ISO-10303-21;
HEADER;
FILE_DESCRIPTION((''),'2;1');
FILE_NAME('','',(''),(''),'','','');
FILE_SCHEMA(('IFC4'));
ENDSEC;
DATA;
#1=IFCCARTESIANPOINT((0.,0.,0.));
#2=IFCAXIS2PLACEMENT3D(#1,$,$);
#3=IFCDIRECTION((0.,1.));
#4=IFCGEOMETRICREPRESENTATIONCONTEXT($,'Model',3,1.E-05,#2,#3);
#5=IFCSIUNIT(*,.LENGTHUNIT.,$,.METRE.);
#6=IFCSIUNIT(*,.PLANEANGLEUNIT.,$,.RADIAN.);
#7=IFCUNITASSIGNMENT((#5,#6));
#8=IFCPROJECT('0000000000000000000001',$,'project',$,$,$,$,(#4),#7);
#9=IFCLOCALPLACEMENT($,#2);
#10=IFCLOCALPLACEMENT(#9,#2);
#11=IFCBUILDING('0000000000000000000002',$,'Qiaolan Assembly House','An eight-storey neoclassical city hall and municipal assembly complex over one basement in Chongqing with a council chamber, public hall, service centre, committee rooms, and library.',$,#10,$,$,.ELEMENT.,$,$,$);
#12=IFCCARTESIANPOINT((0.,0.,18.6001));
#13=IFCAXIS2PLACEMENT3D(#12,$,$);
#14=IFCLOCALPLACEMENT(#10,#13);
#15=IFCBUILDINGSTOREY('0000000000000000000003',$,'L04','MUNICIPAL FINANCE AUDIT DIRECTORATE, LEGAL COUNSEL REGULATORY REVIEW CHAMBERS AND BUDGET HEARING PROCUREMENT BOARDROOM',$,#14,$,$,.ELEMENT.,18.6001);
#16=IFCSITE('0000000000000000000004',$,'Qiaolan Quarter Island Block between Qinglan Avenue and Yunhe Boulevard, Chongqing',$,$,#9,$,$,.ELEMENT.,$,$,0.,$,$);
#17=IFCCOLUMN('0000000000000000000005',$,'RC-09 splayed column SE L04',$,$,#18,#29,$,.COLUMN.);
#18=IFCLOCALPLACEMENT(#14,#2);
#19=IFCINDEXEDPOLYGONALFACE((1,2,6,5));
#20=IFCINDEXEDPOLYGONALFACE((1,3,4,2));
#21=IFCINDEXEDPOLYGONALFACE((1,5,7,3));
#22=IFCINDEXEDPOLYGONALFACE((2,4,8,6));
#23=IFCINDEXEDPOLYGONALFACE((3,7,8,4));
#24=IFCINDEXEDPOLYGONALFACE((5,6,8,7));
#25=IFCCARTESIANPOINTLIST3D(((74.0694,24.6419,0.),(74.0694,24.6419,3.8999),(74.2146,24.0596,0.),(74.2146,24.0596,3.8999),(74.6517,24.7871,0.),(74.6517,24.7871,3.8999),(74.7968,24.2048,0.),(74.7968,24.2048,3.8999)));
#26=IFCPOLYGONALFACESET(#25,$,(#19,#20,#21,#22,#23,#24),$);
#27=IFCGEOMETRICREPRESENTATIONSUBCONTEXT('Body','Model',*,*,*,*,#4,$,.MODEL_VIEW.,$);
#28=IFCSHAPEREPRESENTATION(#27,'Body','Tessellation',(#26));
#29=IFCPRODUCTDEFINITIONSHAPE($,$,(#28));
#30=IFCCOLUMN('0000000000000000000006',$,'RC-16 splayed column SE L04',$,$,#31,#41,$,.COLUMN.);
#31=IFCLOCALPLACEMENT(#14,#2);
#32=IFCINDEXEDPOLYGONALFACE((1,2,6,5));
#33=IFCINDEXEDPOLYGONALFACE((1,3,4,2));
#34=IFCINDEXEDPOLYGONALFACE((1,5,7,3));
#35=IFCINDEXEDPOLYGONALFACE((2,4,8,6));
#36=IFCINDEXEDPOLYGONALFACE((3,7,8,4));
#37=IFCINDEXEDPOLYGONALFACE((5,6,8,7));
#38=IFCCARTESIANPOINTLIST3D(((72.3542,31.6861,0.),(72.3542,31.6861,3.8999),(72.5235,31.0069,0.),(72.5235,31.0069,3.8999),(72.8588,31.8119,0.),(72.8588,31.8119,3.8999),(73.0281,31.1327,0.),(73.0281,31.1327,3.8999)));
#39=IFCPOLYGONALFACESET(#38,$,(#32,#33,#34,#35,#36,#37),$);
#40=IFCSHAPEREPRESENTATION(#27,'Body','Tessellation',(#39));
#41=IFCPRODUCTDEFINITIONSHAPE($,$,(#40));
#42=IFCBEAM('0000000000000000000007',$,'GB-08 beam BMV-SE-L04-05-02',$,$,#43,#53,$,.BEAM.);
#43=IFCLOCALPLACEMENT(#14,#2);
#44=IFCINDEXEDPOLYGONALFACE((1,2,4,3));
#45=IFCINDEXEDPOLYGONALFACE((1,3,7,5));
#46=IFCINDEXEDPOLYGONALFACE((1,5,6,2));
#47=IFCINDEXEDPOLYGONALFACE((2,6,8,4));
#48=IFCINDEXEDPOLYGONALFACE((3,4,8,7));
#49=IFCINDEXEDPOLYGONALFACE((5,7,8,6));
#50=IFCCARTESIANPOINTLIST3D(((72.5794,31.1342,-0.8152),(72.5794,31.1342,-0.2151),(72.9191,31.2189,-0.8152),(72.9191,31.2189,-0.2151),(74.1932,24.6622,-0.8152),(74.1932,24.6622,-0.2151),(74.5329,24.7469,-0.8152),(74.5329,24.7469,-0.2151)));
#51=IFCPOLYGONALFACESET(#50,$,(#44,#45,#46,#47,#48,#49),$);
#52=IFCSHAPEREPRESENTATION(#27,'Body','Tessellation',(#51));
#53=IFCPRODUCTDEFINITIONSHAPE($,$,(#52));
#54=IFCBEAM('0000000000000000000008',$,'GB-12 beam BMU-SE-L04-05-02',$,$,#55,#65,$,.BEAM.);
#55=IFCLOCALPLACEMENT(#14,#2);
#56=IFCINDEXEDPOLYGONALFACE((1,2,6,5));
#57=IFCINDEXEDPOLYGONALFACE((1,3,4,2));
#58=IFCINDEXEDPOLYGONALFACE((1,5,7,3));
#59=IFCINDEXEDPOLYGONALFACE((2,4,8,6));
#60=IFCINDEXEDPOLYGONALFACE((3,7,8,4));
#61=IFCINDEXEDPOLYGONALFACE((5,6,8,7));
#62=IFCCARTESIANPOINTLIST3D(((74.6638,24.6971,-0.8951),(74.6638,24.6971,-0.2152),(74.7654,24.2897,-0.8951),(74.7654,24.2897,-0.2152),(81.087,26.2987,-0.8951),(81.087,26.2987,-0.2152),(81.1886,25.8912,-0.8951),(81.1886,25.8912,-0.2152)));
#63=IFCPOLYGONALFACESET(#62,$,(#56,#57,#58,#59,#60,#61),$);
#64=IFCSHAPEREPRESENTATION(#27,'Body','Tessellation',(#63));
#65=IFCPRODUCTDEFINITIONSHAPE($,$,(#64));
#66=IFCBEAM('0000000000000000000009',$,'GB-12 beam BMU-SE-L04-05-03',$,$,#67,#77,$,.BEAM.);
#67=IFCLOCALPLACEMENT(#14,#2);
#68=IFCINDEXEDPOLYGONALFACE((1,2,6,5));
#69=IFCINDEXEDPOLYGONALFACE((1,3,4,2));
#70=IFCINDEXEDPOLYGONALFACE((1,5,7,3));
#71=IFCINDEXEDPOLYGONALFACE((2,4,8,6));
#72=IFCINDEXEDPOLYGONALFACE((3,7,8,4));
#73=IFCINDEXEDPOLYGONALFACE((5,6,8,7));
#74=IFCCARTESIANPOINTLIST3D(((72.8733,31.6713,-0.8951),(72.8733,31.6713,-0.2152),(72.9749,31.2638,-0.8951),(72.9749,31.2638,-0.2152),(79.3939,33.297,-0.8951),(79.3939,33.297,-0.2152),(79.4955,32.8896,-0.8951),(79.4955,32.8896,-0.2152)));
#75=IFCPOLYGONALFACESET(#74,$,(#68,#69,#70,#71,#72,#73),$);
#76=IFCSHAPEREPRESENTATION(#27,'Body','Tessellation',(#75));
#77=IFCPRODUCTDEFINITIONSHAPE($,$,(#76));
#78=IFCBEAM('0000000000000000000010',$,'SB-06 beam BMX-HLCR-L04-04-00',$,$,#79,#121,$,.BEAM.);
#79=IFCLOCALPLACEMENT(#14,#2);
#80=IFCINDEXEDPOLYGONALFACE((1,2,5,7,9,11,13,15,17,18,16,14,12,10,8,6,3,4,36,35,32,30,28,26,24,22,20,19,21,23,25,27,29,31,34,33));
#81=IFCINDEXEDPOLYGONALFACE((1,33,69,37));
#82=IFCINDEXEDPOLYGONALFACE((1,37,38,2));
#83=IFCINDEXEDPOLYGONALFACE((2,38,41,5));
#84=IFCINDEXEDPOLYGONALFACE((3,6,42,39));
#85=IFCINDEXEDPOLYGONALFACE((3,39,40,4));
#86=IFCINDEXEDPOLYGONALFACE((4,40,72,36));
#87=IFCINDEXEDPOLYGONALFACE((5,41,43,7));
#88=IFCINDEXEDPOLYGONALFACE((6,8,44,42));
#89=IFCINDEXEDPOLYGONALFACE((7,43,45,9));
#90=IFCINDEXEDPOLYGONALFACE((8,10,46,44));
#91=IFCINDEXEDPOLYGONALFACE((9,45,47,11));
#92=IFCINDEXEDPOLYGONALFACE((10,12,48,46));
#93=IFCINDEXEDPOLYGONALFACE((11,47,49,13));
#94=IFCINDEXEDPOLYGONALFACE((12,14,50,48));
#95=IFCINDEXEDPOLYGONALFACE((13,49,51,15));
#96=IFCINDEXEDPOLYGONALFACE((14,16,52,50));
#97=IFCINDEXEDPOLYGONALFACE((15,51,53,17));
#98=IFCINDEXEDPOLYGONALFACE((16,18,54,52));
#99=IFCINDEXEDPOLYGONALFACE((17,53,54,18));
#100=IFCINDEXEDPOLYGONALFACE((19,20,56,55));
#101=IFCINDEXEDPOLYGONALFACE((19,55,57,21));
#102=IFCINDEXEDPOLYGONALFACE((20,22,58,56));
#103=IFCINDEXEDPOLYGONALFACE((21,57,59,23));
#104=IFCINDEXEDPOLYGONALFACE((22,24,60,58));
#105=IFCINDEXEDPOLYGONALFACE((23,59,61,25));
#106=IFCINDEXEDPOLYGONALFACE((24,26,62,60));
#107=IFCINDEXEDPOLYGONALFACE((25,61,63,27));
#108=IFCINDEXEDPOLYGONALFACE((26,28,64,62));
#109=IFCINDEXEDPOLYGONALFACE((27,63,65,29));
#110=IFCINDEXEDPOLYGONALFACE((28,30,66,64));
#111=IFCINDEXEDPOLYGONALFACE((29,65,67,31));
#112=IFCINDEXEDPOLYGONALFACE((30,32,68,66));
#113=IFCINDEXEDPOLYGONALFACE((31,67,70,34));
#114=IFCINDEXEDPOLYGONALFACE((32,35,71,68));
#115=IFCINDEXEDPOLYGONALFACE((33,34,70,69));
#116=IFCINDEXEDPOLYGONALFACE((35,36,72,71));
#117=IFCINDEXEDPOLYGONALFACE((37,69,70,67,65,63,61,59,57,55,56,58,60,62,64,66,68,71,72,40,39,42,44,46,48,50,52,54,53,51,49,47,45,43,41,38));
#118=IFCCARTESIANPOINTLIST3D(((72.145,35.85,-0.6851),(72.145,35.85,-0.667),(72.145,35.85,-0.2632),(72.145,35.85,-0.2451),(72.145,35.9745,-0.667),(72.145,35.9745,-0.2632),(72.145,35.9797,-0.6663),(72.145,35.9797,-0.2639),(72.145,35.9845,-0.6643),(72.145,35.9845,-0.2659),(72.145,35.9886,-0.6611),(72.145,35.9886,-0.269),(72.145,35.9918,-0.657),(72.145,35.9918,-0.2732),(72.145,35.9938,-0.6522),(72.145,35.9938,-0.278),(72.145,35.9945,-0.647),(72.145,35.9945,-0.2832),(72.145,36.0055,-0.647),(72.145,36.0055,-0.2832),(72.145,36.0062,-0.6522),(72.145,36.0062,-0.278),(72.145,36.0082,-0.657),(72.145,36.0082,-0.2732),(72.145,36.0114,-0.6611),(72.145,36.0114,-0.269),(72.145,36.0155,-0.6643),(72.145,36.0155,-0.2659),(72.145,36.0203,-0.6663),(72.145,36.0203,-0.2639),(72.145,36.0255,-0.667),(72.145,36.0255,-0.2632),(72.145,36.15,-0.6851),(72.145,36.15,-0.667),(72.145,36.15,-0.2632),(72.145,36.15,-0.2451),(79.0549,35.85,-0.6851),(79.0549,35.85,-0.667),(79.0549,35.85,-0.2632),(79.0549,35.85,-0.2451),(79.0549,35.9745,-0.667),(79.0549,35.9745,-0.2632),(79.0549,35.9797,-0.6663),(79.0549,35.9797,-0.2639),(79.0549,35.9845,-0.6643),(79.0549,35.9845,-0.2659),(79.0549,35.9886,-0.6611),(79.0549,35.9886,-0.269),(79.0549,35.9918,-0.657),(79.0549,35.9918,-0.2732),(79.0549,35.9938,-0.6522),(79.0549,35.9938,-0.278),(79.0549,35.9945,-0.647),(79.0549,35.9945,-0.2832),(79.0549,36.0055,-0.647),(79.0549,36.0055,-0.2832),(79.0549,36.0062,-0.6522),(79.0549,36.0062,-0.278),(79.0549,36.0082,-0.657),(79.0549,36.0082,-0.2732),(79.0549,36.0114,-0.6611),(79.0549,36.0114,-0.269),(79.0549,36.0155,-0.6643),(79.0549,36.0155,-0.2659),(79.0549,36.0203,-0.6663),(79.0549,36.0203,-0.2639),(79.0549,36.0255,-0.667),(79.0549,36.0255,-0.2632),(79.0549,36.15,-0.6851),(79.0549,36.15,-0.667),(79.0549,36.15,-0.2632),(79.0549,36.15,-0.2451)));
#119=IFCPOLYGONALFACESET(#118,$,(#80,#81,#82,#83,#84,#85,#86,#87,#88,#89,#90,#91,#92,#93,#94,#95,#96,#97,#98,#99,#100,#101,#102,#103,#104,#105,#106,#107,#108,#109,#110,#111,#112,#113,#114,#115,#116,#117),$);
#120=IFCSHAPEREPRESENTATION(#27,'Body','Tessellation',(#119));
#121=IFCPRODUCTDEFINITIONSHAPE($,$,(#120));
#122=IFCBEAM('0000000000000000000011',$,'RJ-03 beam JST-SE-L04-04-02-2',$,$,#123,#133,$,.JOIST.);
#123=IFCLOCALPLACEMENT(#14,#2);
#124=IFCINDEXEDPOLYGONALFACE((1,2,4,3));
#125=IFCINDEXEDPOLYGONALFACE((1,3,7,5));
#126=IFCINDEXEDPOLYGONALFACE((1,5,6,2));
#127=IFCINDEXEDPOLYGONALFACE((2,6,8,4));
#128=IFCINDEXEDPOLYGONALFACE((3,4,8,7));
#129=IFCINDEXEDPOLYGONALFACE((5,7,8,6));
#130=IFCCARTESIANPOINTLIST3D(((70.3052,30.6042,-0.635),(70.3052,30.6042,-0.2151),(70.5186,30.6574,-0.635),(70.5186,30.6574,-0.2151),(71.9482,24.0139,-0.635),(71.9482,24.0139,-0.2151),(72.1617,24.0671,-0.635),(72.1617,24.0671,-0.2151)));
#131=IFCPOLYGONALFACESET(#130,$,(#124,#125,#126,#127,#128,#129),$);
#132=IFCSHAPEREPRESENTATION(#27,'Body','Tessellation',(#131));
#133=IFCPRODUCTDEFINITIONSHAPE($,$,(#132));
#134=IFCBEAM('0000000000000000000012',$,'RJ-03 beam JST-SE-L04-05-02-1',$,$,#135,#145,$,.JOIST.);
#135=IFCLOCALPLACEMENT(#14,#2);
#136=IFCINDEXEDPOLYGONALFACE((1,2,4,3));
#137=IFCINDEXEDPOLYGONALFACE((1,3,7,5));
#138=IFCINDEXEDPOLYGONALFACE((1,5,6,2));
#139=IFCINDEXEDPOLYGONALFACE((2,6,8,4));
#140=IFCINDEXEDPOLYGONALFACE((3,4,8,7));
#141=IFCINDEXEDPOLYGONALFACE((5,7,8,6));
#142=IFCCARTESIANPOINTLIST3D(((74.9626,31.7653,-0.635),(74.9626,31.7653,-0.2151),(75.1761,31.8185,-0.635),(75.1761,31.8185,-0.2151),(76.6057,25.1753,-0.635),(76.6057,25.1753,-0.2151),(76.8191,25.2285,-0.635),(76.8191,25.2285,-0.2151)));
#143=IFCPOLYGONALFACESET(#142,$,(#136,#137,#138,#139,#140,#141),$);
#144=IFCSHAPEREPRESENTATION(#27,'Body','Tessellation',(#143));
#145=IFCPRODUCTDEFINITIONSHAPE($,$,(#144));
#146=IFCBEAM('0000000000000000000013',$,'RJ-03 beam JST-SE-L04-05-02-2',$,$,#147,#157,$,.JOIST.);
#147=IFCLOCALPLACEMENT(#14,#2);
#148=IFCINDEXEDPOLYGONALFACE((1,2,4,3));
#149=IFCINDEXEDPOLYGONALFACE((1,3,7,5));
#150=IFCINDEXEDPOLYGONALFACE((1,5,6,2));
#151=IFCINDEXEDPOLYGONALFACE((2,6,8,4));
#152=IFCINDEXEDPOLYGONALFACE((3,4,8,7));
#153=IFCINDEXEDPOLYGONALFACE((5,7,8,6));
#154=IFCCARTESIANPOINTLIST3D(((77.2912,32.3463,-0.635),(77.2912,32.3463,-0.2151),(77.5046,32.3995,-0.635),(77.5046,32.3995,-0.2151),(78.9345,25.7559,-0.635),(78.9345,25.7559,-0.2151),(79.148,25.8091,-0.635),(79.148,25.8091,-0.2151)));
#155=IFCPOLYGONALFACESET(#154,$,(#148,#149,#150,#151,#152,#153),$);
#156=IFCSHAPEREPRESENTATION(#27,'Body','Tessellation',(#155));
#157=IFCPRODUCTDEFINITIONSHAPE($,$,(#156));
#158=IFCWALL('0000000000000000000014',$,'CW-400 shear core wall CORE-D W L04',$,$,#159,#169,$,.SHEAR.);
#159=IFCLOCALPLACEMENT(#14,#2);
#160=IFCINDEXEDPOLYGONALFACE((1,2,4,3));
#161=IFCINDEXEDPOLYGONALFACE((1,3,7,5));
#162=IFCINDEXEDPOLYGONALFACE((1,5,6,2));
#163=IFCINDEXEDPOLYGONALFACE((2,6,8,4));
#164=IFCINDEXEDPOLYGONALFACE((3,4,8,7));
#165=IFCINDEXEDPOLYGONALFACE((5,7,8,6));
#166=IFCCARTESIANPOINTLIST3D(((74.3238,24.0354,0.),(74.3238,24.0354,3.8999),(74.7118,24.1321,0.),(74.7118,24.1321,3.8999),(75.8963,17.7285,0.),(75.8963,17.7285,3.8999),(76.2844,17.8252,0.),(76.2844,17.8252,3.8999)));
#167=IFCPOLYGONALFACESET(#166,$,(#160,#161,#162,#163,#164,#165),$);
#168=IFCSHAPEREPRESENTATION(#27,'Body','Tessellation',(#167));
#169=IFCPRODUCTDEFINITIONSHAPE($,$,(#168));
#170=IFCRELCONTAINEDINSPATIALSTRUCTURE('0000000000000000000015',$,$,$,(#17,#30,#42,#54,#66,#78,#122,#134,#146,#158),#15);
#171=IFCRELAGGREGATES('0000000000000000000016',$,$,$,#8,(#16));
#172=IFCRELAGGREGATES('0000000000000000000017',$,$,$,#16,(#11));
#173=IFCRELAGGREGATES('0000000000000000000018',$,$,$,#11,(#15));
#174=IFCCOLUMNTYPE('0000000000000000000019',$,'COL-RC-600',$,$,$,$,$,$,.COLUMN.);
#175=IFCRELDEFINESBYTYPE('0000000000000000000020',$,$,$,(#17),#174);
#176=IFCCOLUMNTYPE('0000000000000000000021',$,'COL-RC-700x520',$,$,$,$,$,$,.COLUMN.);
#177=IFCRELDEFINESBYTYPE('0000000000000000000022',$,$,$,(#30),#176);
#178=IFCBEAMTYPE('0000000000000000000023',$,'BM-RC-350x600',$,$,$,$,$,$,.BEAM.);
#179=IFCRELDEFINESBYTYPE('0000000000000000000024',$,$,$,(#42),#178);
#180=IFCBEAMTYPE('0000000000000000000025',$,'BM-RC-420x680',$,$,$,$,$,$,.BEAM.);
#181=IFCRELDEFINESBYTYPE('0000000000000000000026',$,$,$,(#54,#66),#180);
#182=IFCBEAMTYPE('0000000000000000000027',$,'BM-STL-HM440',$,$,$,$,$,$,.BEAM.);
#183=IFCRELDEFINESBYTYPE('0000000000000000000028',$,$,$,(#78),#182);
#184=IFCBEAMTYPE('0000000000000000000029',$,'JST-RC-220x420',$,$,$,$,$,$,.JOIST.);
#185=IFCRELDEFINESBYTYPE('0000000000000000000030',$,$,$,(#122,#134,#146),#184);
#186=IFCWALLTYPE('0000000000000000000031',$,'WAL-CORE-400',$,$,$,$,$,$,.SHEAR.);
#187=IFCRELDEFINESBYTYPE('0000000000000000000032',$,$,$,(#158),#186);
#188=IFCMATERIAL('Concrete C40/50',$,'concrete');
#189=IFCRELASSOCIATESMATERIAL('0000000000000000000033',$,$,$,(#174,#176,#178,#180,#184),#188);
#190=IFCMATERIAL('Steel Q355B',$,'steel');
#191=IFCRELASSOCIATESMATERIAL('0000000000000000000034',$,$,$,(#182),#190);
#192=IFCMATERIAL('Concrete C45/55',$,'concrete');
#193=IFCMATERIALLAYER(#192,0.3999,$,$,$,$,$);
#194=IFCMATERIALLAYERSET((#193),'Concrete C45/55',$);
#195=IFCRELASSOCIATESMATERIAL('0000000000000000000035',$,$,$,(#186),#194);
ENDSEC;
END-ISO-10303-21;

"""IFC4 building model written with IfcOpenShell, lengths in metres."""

from ifc_helpers import new_model, si_unit, direction, frame, frame_2d, origin, origin_2d, place, context, subcontext, project, spatial, rectangle, i_section, extrude, material, layer, layer_set, material_profile, profile_set, type_object, element, save


model = new_model("IFC4")

# Units and contexts
model_context = context("Model", 3, precision=1e-05, world=origin(), true_north=direction((0.0, 1.0)))
body_context = subcontext(model_context, "Body", "Model", "MODEL_VIEW")
ifc_project = project(units=[si_unit("LENGTHUNIT", "METRE"), si_unit("PLANEANGLEUNIT", "RADIAN")], contexts=[model_context])

# Site, building, storey
site_placement = place(None, origin())
site = spatial("IfcSite", under=ifc_project, at=site_placement, Name="Qiaolan Quarter Island Block between Qinglan Avenue and Yunhe Boulevard, Chongqing", CompositionType="ELEMENT", RefElevation=0.0)
building_placement = place(site_placement, origin())
building = spatial("IfcBuilding", under=site, at=building_placement, Name="Qiaolan Assembly House", Description="An eight-storey neoclassical city hall and municipal assembly complex over one basement in Chongqing with a council chamber, public hall, service centre, committee rooms, and library.", CompositionType="ELEMENT")
storey_placement = place(building_placement, frame((0.0, 0.0, 18.6001)))
storey = spatial("IfcBuildingStorey", under=building, at=storey_placement, Name="L04", Description="MUNICIPAL FINANCE AUDIT DIRECTORATE, LEGAL COUNSEL REGULATORY REVIEW CHAMBERS AND BUDGET HEARING PROCUREMENT BOARDROOM", CompositionType="ELEMENT", Elevation=18.6001)

# Columns
ifc_material_1 = material(Name="Concrete C40/50", Category="concrete")
ifc_material_profile_1 = material_profile(ifc_material_1, rectangle(XDim=0.6001, YDim=0.6001, at=origin_2d()), Name="RC 600x600")
ifc_profile_set_1 = profile_set([ifc_material_profile_1], Name="Concrete C40/50")
column_type_1 = type_object("IfcColumnType", Name="COL-RC-600", PredefinedType="COLUMN", material=ifc_profile_set_1)
column_1_placement = place(storey_placement, frame((74.4331, 24.4233, 0.0), z_axis=(0.0, 0.0, 1.0), x_axis=(0.970296, 0.241922, 0.0)))
element("IfcColumn", 1, at=column_1_placement, inside=storey, type_object=column_type_1, Name="RC-09 splayed column SE L04", PredefinedType="COLUMN", context=body_context, shape_type="SweptSolid", body=[
    extrude(rectangle(XDim=0.6001, YDim=0.6001, at=origin_2d()), origin(), (0.0, 0.0, 1.0), 3.8999),
])
ifc_material_profile_2 = material_profile(ifc_material_1, rectangle(XDim=0.52, YDim=0.7, at=origin_2d()), Name="RC 700x520")
ifc_profile_set_2 = profile_set([ifc_material_profile_2], Name="Concrete C40/50")
column_type_2 = type_object("IfcColumnType", Name="COL-RC-700x520", PredefinedType="COLUMN", material=ifc_profile_set_2)
column_2_placement = place(storey_placement, frame((72.6912, 31.4094, 0.0), z_axis=(0.0, 0.0, 1.0), x_axis=(0.970296, 0.241922, 0.0)))
element("IfcColumn", 2, at=column_2_placement, inside=storey, type_object=column_type_2, Name="RC-16 splayed column SE L04", PredefinedType="COLUMN", context=body_context, shape_type="SweptSolid", body=[
    extrude(rectangle(XDim=0.52, YDim=0.7, at=origin_2d()), origin(), (0.0, 0.0, 1.0), 3.8999),
])

# Beams
ifc_material_profile_3 = material_profile(ifc_material_1, rectangle(XDim=0.3501, YDim=0.6001, at=origin_2d()), Name="RCB 350x600")
ifc_profile_set_3 = profile_set([ifc_material_profile_3], Name="Concrete C40/50")
beam_type_1 = type_object("IfcBeamType", Name="BM-RC-350x600", PredefinedType="BEAM", material=ifc_profile_set_3)
beam_1_placement = place(storey_placement, frame((74.363, 24.7046, -0.5151), z_axis=(-0.241941, 0.970291, 0.0), x_axis=(-0.970291, -0.241941, 0.0)))
element("IfcBeam", 3, at=beam_1_placement, inside=storey, type_object=beam_type_1, Name="GB-08 beam BMV-SE-L04-05-02", PredefinedType="BEAM", context=body_context, shape_type="SweptSolid", body=[
    extrude(rectangle(XDim=0.3501, YDim=0.6001, at=origin_2d()), origin(), (0.0, 0.0, 1.0), 6.6702),
])
ifc_material_profile_4 = material_profile(ifc_material_1, rectangle(XDim=0.4199, YDim=0.6799, at=origin_2d()), Name="RCB 420x680")
ifc_profile_set_4 = profile_set([ifc_material_profile_4], Name="Concrete C40/50")
beam_type_2 = type_object("IfcBeamType", Name="BM-RC-420x680", PredefinedType="BEAM", material=ifc_profile_set_4)
beam_2_placement = place(storey_placement, frame((74.7146, 24.4934, -0.5552), z_axis=(0.970294, 0.241928, 0.0), x_axis=(-0.241928, 0.970294, 0.0)))
element("IfcBeam", 4, at=beam_2_placement, inside=storey, type_object=beam_type_2, Name="GB-12 beam BMU-SE-L04-05-02", PredefinedType="BEAM", context=body_context, shape_type="SweptSolid", body=[
    extrude(rectangle(XDim=0.4199, YDim=0.6799, at=origin_2d()), origin(), (0.0, 0.0, 1.0), 6.6199),
])
beam_3_placement = place(storey_placement, frame((72.9241, 31.4675, -0.5552), z_axis=(0.970296, 0.24192, 0.0), x_axis=(-0.24192, 0.970296, 0.0)))
element("IfcBeam", 5, at=beam_3_placement, inside=storey, type_object=beam_type_2, Name="GB-12 beam BMU-SE-L04-05-03", PredefinedType="BEAM", context=body_context, shape_type="SweptSolid", body=[
    extrude(rectangle(XDim=0.4199, YDim=0.6799, at=origin_2d()), origin(), (0.0, 0.0, 1.0), 6.7202),
])
ifc_material_2 = material(Name="Steel Q355B", Category="steel")
ifc_material_profile_5 = material_profile(ifc_material_2, i_section(OverallWidth=0.3, OverallDepth=0.4399, WebThickness=0.011, FlangeThickness=0.0181, FilletRadius=0.02, at=origin_2d()), Name="HM 440x300x11x18")
ifc_profile_set_5 = profile_set([ifc_material_profile_5], Name="Steel Q355B")
beam_type_3 = type_object("IfcBeamType", Name="BM-STL-HM440", PredefinedType="BEAM", material=ifc_profile_set_5)
beam_4_placement = place(storey_placement, frame((72.145, 36.0, -0.4651), z_axis=(1.0, 0.0, 0.0), x_axis=(0.0, 1.0, 0.0)))
element("IfcBeam", 6, at=beam_4_placement, inside=storey, type_object=beam_type_3, Name="SB-06 beam BMX-HLCR-L04-04-00", PredefinedType="BEAM", context=body_context, shape_type="SweptSolid", body=[
    extrude(i_section(OverallWidth=0.3, OverallDepth=0.4399, WebThickness=0.011, FlangeThickness=0.0181, FilletRadius=0.02, at=origin_2d()), origin(), (0.0, 0.0, 1.0), 6.9099),
])
ifc_material_profile_6 = material_profile(ifc_material_1, rectangle(XDim=0.22, YDim=0.4199, at=origin_2d()), Name="RCB 220x420")
ifc_profile_set_6 = profile_set([ifc_material_profile_6], Name="Concrete C40/50")
beam_type_4 = type_object("IfcBeamType", Name="JST-RC-220x420", PredefinedType="JOIST", material=ifc_profile_set_6)
beam_5_placement = place(storey_placement, frame((72.0549, 24.0405, -0.425), z_axis=(-0.24191, 0.970299, 0.0), x_axis=(-0.970299, -0.24191, 0.0)))
element("IfcBeam", 7, at=beam_5_placement, inside=storey, type_object=beam_type_4, Name="RJ-03 beam JST-SE-L04-04-02-2", PredefinedType="JOIST", context=body_context, shape_type="SweptSolid", body=[
    extrude(rectangle(XDim=0.22, YDim=0.4199, at=origin_2d()), origin(), (0.0, 0.0, 1.0), 6.792),
])
beam_6_placement = place(storey_placement, frame((76.7124, 25.2019, -0.425), z_axis=(-0.241918, 0.970297, 0.0), x_axis=(-0.970297, -0.241918, 0.0)))
element("IfcBeam", 8, at=beam_6_placement, inside=storey, type_object=beam_type_4, Name="RJ-03 beam JST-SE-L04-05-02-1", PredefinedType="JOIST", context=body_context, shape_type="SweptSolid", body=[
    extrude(rectangle(XDim=0.22, YDim=0.4199, at=origin_2d()), origin(), (0.0, 0.0, 1.0), 6.7917),
])
beam_7_placement = place(storey_placement, frame((79.0413, 25.7825, -0.425), z_axis=(-0.241944, 0.97029, 0.0), x_axis=(-0.97029, -0.241944, 0.0)))
element("IfcBeam", 9, at=beam_7_placement, inside=storey, type_object=beam_type_4, Name="RJ-03 beam JST-SE-L04-05-02-2", PredefinedType="JOIST", context=body_context, shape_type="SweptSolid", body=[
    extrude(rectangle(XDim=0.22, YDim=0.4199, at=origin_2d()), origin(), (0.0, 0.0, 1.0), 6.7922),
])

# Wall
ifc_material_3 = material(Name="Concrete C45/55", Category="concrete")
ifc_layer_1 = layer(ifc_material_3, 0.3999)
ifc_layer_set_1 = layer_set([ifc_layer_1], Name="Concrete C45/55")
wall_type_1 = type_object("IfcWallType", Name="WAL-CORE-400", PredefinedType="SHEAR", material=ifc_layer_set_1)
wall_1_placement = place(storey_placement, frame((74.5178, 24.0837, 0.0), z_axis=(0.0, 0.0, 1.0), x_axis=(0.241926, -0.970295, 0.0)))
element("IfcWall", 10, at=wall_1_placement, inside=storey, type_object=wall_type_1, Name="CW-400 shear core wall CORE-D W L04", PredefinedType="SHEAR", context=body_context, shape_type="SweptSolid", body=[
    extrude(rectangle(XDim=6.5, YDim=0.3999, at=frame_2d((3.25, 0.0))), origin(), (0.0, 0.0, 1.0), 3.8999),
])

save(model, "model.ifc")
